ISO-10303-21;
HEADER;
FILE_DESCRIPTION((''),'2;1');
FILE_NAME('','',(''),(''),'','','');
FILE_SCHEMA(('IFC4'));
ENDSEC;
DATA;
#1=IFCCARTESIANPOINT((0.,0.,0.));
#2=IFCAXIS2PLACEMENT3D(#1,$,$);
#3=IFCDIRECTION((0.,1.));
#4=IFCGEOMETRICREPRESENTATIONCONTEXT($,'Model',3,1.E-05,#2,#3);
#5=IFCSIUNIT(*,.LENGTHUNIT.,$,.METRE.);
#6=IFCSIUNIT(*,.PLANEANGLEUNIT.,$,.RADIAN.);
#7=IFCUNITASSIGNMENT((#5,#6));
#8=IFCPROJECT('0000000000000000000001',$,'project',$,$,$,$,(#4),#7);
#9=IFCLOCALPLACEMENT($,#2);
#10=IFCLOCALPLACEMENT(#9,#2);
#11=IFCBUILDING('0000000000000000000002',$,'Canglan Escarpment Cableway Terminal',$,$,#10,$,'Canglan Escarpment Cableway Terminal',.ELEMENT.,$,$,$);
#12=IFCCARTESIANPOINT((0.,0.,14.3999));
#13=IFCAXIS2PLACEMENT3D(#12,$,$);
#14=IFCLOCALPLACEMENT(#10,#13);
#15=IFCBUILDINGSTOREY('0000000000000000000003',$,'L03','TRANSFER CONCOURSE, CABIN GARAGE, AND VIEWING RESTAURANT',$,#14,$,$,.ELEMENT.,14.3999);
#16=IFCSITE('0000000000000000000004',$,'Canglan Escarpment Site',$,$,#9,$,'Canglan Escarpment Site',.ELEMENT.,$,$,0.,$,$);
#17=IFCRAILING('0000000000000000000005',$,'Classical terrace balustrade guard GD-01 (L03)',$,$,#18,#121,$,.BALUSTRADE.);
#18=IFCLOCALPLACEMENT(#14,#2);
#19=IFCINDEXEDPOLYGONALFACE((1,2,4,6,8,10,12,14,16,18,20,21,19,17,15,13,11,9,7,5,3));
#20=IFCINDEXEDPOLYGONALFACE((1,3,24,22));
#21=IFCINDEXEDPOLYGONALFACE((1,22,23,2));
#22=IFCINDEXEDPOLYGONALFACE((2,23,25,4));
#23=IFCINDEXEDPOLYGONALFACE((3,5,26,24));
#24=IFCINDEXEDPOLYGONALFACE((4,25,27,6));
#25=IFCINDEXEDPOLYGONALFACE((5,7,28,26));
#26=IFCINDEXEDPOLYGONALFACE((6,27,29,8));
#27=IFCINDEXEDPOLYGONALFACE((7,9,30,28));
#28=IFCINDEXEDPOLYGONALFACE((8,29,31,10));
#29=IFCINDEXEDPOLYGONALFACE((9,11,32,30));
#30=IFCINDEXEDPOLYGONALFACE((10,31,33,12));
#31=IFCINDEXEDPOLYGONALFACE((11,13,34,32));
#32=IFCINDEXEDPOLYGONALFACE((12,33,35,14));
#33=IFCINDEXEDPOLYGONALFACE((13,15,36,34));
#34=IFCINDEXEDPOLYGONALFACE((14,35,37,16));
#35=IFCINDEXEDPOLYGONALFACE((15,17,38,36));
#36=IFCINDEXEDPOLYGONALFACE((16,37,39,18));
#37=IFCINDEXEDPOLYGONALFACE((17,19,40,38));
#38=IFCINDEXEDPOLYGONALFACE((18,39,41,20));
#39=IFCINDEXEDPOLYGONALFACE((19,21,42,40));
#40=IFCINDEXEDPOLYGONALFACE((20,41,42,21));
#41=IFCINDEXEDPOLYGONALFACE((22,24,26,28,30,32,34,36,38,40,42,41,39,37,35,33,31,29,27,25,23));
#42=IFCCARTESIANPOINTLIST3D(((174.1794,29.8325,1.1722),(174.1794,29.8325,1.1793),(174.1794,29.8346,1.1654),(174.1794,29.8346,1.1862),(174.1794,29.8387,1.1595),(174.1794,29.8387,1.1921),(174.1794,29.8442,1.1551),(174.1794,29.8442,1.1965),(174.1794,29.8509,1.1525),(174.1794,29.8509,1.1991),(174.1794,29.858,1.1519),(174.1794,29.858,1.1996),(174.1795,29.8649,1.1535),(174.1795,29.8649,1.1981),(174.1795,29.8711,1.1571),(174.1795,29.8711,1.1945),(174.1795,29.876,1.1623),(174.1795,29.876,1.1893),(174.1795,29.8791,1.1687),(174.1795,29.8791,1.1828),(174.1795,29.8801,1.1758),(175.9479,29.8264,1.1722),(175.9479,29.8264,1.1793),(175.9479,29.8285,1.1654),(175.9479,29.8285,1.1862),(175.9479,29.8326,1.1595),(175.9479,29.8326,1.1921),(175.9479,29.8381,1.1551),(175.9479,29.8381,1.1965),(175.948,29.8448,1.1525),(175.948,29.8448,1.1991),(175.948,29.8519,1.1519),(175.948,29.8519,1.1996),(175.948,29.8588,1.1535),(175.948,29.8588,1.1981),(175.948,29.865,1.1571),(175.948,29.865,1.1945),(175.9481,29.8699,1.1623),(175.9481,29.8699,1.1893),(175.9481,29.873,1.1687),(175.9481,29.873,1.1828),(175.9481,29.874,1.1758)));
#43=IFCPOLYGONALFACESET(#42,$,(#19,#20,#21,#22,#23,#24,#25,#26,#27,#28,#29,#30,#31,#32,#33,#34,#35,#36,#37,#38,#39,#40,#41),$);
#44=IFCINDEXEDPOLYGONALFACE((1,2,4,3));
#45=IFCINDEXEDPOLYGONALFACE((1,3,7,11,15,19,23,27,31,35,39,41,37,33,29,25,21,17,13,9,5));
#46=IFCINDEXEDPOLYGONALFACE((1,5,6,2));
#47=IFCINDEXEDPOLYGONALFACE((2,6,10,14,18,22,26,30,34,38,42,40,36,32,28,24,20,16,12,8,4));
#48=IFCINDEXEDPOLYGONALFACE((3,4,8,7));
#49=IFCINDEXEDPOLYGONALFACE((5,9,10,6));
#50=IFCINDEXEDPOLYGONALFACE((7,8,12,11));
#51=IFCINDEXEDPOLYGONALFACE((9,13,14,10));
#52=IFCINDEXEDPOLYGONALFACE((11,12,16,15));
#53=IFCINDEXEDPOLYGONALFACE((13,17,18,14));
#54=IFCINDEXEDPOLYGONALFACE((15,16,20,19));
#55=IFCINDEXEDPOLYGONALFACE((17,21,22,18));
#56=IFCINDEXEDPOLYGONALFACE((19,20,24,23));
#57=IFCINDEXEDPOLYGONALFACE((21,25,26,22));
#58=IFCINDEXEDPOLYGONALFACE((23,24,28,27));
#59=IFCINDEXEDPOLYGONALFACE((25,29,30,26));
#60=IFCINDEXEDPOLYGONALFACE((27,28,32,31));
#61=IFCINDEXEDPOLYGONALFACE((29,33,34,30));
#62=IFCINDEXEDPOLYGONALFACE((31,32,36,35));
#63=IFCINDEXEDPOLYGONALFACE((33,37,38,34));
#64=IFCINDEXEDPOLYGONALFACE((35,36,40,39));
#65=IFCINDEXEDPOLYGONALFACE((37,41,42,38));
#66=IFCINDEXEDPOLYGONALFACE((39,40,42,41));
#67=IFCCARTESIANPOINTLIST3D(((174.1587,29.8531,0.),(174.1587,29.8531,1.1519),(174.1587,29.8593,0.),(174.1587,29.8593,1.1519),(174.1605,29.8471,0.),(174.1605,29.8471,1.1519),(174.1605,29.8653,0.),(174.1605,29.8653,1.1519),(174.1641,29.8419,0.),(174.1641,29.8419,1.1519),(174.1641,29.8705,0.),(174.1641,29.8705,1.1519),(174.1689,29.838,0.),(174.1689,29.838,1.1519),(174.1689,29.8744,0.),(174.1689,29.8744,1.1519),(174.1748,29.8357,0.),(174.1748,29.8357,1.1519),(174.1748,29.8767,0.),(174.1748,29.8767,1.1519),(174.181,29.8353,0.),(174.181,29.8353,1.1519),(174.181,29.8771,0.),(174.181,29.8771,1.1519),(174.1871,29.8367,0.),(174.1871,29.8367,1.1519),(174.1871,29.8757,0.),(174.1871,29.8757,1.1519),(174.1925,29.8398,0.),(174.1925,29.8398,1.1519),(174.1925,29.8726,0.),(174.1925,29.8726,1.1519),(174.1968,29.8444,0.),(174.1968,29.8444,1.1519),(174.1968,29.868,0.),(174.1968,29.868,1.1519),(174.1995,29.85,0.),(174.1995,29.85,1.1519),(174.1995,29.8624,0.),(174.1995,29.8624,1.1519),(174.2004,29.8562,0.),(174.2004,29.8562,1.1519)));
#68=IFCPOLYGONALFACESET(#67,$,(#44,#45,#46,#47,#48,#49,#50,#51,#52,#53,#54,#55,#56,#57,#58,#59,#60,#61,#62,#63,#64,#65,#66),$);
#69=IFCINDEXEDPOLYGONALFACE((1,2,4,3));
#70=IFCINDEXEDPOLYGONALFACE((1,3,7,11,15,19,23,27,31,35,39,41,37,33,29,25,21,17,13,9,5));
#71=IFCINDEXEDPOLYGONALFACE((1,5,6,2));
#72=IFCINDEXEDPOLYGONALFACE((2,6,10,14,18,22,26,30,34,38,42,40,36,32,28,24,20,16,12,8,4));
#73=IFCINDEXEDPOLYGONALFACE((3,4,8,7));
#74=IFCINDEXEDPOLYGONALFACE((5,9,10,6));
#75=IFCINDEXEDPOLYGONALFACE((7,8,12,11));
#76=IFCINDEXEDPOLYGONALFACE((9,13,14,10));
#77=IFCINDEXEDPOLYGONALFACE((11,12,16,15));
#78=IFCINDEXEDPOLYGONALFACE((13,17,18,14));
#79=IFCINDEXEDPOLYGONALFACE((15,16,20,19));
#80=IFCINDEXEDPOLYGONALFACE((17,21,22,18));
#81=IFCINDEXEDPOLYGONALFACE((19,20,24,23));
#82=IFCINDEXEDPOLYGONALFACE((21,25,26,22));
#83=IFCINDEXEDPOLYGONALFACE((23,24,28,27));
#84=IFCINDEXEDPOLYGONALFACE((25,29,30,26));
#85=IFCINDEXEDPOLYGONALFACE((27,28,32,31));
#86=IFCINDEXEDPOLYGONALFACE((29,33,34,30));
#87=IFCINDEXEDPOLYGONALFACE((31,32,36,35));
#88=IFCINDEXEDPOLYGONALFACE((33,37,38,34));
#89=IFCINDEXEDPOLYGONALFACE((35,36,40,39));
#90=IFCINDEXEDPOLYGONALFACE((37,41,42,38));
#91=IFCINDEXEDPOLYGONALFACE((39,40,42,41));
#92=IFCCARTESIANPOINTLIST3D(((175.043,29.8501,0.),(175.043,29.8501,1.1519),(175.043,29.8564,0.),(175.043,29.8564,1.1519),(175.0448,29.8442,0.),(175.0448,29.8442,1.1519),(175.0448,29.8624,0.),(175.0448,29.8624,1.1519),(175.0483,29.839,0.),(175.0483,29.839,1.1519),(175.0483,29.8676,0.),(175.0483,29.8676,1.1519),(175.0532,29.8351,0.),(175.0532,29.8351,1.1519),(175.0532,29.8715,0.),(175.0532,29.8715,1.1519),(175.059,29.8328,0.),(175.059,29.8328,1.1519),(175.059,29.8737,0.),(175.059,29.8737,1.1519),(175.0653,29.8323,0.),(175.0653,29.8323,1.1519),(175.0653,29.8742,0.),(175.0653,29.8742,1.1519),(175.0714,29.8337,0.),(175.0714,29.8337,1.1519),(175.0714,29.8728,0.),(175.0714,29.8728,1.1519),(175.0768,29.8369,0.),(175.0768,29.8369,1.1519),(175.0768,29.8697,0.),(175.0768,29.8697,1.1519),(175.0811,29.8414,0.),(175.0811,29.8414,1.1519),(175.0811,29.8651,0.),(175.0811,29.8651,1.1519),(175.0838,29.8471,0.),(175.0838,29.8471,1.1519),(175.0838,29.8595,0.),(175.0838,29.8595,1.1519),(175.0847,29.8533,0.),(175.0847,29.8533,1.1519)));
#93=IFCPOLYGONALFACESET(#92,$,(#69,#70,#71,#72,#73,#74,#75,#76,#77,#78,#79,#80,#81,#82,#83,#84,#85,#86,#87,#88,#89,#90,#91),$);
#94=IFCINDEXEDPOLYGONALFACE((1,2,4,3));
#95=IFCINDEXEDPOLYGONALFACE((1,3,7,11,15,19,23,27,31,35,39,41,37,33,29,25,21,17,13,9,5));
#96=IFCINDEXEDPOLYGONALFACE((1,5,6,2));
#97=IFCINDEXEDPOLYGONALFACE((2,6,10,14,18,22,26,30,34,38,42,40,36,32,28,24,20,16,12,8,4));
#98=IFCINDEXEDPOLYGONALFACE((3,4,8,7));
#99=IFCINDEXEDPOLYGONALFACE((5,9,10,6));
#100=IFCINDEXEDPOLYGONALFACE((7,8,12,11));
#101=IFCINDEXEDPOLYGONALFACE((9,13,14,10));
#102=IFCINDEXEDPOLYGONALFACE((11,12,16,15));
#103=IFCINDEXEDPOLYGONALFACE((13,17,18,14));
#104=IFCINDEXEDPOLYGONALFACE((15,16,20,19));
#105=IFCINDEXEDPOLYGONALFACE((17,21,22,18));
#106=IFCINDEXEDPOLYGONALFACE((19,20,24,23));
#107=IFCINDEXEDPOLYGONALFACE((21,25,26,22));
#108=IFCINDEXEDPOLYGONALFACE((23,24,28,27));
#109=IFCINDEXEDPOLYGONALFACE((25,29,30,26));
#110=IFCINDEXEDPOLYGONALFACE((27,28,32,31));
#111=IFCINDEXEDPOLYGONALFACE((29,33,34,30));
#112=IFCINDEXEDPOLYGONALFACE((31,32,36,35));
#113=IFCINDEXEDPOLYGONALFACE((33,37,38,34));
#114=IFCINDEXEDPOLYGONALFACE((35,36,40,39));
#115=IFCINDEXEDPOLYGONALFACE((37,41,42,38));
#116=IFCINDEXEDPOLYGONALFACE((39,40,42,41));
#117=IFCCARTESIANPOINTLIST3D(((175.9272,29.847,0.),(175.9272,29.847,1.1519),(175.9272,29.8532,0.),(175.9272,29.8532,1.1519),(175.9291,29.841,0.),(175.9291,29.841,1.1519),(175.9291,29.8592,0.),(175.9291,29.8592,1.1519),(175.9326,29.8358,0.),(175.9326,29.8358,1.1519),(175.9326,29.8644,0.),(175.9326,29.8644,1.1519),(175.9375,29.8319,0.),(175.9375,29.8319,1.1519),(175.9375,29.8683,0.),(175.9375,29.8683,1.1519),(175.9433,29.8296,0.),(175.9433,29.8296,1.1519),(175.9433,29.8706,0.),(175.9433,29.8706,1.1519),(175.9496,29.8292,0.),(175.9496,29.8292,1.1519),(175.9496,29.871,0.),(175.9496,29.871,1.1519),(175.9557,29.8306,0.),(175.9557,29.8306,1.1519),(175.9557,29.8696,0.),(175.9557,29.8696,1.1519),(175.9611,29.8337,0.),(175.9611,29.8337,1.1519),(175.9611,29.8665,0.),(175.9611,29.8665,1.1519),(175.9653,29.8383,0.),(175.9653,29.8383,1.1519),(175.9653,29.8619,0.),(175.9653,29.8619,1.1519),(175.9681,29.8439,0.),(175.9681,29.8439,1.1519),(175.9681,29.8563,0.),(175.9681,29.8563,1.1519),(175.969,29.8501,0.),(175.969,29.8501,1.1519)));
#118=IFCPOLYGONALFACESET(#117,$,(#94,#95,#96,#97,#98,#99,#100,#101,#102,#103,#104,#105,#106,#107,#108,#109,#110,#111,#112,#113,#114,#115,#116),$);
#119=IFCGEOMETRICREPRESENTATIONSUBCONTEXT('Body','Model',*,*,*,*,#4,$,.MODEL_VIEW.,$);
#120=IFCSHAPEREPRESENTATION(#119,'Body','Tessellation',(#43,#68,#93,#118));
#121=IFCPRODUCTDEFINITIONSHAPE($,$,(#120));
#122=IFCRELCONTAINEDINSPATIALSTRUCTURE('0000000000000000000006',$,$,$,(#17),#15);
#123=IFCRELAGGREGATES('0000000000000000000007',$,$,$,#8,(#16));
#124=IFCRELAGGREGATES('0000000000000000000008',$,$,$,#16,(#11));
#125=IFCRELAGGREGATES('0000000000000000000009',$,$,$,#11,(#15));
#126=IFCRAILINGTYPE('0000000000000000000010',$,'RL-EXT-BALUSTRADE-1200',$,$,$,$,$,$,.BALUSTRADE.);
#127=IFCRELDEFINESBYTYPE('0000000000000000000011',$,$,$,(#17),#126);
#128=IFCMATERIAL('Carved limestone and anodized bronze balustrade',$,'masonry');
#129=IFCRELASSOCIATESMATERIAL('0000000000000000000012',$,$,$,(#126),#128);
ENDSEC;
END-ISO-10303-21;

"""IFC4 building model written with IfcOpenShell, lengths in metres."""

from ifc_helpers import new_model, si_unit, direction, frame, origin, origin_2d, place, context, subcontext, project, spatial, circle, extrude, material, type_object, element, save


model = new_model("IFC4")

# Units and contexts
model_context = context("Model", 3, precision=1e-05, world=origin(), true_north=direction((0.0, 1.0)))
body_context = subcontext(model_context, "Body", "Model", "MODEL_VIEW")
ifc_project = project(units=[si_unit("LENGTHUNIT", "METRE"), si_unit("PLANEANGLEUNIT", "RADIAN")], contexts=[model_context])

# Site, building, storey
site_placement = place(None, origin())
site = spatial("IfcSite", under=ifc_project, at=site_placement, Name="Canglan Escarpment Site", LongName="Canglan Escarpment Site", CompositionType="ELEMENT", RefElevation=0.0)
building_placement = place(site_placement, origin())
building = spatial("IfcBuilding", under=site, at=building_placement, Name="Canglan Escarpment Cableway Terminal", LongName="Canglan Escarpment Cableway Terminal", CompositionType="ELEMENT")
storey_placement = place(building_placement, frame((0.0, 0.0, 14.3999)))
storey = spatial("IfcBuildingStorey", under=building, at=storey_placement, Name="L03", Description="TRANSFER CONCOURSE, CABIN GARAGE, AND VIEWING RESTAURANT", CompositionType="ELEMENT", Elevation=14.3999)

# Railing
ifc_material_1 = material(Name="Carved limestone and anodized bronze balustrade", Category="masonry")
railing_type = type_object("IfcRailingType", Name="RL-EXT-BALUSTRADE-1200", PredefinedType="BALUSTRADE", material=ifc_material_1)
railing_1_placement = place(storey_placement, frame((174.1794, 29.8562, 0.0)))
element("IfcRailing", 1, at=railing_1_placement, inside=storey, type_object=railing_type, Name="Classical terrace balustrade guard GD-01 (L03)", PredefinedType="BALUSTRADE", context=body_context, shape_type="SweptSolid", body=[
    extrude(circle(Radius=0.0239, at=origin_2d()), frame((0.0, 0.0, 1.1758), z_axis=(0.999994, -0.003451, 0.0), x_axis=(0.003451, 0.999994, 0.0)), (0.0, 0.0, 1.0), 1.7686),
    extrude(circle(Radius=0.021, at=origin_2d()), origin(), (0.0, 0.0, 1.0), 1.1519),
    extrude(circle(Radius=0.021, at=origin_2d()), frame((0.8843, -0.0029, 0.0)), (0.0, 0.0, 1.0), 1.1519),
    extrude(circle(Radius=0.021, at=origin_2d()), frame((1.7686, -0.0061, 0.0)), (0.0, 0.0, 1.0), 1.1519),
])

save(model, "model.ifc")
